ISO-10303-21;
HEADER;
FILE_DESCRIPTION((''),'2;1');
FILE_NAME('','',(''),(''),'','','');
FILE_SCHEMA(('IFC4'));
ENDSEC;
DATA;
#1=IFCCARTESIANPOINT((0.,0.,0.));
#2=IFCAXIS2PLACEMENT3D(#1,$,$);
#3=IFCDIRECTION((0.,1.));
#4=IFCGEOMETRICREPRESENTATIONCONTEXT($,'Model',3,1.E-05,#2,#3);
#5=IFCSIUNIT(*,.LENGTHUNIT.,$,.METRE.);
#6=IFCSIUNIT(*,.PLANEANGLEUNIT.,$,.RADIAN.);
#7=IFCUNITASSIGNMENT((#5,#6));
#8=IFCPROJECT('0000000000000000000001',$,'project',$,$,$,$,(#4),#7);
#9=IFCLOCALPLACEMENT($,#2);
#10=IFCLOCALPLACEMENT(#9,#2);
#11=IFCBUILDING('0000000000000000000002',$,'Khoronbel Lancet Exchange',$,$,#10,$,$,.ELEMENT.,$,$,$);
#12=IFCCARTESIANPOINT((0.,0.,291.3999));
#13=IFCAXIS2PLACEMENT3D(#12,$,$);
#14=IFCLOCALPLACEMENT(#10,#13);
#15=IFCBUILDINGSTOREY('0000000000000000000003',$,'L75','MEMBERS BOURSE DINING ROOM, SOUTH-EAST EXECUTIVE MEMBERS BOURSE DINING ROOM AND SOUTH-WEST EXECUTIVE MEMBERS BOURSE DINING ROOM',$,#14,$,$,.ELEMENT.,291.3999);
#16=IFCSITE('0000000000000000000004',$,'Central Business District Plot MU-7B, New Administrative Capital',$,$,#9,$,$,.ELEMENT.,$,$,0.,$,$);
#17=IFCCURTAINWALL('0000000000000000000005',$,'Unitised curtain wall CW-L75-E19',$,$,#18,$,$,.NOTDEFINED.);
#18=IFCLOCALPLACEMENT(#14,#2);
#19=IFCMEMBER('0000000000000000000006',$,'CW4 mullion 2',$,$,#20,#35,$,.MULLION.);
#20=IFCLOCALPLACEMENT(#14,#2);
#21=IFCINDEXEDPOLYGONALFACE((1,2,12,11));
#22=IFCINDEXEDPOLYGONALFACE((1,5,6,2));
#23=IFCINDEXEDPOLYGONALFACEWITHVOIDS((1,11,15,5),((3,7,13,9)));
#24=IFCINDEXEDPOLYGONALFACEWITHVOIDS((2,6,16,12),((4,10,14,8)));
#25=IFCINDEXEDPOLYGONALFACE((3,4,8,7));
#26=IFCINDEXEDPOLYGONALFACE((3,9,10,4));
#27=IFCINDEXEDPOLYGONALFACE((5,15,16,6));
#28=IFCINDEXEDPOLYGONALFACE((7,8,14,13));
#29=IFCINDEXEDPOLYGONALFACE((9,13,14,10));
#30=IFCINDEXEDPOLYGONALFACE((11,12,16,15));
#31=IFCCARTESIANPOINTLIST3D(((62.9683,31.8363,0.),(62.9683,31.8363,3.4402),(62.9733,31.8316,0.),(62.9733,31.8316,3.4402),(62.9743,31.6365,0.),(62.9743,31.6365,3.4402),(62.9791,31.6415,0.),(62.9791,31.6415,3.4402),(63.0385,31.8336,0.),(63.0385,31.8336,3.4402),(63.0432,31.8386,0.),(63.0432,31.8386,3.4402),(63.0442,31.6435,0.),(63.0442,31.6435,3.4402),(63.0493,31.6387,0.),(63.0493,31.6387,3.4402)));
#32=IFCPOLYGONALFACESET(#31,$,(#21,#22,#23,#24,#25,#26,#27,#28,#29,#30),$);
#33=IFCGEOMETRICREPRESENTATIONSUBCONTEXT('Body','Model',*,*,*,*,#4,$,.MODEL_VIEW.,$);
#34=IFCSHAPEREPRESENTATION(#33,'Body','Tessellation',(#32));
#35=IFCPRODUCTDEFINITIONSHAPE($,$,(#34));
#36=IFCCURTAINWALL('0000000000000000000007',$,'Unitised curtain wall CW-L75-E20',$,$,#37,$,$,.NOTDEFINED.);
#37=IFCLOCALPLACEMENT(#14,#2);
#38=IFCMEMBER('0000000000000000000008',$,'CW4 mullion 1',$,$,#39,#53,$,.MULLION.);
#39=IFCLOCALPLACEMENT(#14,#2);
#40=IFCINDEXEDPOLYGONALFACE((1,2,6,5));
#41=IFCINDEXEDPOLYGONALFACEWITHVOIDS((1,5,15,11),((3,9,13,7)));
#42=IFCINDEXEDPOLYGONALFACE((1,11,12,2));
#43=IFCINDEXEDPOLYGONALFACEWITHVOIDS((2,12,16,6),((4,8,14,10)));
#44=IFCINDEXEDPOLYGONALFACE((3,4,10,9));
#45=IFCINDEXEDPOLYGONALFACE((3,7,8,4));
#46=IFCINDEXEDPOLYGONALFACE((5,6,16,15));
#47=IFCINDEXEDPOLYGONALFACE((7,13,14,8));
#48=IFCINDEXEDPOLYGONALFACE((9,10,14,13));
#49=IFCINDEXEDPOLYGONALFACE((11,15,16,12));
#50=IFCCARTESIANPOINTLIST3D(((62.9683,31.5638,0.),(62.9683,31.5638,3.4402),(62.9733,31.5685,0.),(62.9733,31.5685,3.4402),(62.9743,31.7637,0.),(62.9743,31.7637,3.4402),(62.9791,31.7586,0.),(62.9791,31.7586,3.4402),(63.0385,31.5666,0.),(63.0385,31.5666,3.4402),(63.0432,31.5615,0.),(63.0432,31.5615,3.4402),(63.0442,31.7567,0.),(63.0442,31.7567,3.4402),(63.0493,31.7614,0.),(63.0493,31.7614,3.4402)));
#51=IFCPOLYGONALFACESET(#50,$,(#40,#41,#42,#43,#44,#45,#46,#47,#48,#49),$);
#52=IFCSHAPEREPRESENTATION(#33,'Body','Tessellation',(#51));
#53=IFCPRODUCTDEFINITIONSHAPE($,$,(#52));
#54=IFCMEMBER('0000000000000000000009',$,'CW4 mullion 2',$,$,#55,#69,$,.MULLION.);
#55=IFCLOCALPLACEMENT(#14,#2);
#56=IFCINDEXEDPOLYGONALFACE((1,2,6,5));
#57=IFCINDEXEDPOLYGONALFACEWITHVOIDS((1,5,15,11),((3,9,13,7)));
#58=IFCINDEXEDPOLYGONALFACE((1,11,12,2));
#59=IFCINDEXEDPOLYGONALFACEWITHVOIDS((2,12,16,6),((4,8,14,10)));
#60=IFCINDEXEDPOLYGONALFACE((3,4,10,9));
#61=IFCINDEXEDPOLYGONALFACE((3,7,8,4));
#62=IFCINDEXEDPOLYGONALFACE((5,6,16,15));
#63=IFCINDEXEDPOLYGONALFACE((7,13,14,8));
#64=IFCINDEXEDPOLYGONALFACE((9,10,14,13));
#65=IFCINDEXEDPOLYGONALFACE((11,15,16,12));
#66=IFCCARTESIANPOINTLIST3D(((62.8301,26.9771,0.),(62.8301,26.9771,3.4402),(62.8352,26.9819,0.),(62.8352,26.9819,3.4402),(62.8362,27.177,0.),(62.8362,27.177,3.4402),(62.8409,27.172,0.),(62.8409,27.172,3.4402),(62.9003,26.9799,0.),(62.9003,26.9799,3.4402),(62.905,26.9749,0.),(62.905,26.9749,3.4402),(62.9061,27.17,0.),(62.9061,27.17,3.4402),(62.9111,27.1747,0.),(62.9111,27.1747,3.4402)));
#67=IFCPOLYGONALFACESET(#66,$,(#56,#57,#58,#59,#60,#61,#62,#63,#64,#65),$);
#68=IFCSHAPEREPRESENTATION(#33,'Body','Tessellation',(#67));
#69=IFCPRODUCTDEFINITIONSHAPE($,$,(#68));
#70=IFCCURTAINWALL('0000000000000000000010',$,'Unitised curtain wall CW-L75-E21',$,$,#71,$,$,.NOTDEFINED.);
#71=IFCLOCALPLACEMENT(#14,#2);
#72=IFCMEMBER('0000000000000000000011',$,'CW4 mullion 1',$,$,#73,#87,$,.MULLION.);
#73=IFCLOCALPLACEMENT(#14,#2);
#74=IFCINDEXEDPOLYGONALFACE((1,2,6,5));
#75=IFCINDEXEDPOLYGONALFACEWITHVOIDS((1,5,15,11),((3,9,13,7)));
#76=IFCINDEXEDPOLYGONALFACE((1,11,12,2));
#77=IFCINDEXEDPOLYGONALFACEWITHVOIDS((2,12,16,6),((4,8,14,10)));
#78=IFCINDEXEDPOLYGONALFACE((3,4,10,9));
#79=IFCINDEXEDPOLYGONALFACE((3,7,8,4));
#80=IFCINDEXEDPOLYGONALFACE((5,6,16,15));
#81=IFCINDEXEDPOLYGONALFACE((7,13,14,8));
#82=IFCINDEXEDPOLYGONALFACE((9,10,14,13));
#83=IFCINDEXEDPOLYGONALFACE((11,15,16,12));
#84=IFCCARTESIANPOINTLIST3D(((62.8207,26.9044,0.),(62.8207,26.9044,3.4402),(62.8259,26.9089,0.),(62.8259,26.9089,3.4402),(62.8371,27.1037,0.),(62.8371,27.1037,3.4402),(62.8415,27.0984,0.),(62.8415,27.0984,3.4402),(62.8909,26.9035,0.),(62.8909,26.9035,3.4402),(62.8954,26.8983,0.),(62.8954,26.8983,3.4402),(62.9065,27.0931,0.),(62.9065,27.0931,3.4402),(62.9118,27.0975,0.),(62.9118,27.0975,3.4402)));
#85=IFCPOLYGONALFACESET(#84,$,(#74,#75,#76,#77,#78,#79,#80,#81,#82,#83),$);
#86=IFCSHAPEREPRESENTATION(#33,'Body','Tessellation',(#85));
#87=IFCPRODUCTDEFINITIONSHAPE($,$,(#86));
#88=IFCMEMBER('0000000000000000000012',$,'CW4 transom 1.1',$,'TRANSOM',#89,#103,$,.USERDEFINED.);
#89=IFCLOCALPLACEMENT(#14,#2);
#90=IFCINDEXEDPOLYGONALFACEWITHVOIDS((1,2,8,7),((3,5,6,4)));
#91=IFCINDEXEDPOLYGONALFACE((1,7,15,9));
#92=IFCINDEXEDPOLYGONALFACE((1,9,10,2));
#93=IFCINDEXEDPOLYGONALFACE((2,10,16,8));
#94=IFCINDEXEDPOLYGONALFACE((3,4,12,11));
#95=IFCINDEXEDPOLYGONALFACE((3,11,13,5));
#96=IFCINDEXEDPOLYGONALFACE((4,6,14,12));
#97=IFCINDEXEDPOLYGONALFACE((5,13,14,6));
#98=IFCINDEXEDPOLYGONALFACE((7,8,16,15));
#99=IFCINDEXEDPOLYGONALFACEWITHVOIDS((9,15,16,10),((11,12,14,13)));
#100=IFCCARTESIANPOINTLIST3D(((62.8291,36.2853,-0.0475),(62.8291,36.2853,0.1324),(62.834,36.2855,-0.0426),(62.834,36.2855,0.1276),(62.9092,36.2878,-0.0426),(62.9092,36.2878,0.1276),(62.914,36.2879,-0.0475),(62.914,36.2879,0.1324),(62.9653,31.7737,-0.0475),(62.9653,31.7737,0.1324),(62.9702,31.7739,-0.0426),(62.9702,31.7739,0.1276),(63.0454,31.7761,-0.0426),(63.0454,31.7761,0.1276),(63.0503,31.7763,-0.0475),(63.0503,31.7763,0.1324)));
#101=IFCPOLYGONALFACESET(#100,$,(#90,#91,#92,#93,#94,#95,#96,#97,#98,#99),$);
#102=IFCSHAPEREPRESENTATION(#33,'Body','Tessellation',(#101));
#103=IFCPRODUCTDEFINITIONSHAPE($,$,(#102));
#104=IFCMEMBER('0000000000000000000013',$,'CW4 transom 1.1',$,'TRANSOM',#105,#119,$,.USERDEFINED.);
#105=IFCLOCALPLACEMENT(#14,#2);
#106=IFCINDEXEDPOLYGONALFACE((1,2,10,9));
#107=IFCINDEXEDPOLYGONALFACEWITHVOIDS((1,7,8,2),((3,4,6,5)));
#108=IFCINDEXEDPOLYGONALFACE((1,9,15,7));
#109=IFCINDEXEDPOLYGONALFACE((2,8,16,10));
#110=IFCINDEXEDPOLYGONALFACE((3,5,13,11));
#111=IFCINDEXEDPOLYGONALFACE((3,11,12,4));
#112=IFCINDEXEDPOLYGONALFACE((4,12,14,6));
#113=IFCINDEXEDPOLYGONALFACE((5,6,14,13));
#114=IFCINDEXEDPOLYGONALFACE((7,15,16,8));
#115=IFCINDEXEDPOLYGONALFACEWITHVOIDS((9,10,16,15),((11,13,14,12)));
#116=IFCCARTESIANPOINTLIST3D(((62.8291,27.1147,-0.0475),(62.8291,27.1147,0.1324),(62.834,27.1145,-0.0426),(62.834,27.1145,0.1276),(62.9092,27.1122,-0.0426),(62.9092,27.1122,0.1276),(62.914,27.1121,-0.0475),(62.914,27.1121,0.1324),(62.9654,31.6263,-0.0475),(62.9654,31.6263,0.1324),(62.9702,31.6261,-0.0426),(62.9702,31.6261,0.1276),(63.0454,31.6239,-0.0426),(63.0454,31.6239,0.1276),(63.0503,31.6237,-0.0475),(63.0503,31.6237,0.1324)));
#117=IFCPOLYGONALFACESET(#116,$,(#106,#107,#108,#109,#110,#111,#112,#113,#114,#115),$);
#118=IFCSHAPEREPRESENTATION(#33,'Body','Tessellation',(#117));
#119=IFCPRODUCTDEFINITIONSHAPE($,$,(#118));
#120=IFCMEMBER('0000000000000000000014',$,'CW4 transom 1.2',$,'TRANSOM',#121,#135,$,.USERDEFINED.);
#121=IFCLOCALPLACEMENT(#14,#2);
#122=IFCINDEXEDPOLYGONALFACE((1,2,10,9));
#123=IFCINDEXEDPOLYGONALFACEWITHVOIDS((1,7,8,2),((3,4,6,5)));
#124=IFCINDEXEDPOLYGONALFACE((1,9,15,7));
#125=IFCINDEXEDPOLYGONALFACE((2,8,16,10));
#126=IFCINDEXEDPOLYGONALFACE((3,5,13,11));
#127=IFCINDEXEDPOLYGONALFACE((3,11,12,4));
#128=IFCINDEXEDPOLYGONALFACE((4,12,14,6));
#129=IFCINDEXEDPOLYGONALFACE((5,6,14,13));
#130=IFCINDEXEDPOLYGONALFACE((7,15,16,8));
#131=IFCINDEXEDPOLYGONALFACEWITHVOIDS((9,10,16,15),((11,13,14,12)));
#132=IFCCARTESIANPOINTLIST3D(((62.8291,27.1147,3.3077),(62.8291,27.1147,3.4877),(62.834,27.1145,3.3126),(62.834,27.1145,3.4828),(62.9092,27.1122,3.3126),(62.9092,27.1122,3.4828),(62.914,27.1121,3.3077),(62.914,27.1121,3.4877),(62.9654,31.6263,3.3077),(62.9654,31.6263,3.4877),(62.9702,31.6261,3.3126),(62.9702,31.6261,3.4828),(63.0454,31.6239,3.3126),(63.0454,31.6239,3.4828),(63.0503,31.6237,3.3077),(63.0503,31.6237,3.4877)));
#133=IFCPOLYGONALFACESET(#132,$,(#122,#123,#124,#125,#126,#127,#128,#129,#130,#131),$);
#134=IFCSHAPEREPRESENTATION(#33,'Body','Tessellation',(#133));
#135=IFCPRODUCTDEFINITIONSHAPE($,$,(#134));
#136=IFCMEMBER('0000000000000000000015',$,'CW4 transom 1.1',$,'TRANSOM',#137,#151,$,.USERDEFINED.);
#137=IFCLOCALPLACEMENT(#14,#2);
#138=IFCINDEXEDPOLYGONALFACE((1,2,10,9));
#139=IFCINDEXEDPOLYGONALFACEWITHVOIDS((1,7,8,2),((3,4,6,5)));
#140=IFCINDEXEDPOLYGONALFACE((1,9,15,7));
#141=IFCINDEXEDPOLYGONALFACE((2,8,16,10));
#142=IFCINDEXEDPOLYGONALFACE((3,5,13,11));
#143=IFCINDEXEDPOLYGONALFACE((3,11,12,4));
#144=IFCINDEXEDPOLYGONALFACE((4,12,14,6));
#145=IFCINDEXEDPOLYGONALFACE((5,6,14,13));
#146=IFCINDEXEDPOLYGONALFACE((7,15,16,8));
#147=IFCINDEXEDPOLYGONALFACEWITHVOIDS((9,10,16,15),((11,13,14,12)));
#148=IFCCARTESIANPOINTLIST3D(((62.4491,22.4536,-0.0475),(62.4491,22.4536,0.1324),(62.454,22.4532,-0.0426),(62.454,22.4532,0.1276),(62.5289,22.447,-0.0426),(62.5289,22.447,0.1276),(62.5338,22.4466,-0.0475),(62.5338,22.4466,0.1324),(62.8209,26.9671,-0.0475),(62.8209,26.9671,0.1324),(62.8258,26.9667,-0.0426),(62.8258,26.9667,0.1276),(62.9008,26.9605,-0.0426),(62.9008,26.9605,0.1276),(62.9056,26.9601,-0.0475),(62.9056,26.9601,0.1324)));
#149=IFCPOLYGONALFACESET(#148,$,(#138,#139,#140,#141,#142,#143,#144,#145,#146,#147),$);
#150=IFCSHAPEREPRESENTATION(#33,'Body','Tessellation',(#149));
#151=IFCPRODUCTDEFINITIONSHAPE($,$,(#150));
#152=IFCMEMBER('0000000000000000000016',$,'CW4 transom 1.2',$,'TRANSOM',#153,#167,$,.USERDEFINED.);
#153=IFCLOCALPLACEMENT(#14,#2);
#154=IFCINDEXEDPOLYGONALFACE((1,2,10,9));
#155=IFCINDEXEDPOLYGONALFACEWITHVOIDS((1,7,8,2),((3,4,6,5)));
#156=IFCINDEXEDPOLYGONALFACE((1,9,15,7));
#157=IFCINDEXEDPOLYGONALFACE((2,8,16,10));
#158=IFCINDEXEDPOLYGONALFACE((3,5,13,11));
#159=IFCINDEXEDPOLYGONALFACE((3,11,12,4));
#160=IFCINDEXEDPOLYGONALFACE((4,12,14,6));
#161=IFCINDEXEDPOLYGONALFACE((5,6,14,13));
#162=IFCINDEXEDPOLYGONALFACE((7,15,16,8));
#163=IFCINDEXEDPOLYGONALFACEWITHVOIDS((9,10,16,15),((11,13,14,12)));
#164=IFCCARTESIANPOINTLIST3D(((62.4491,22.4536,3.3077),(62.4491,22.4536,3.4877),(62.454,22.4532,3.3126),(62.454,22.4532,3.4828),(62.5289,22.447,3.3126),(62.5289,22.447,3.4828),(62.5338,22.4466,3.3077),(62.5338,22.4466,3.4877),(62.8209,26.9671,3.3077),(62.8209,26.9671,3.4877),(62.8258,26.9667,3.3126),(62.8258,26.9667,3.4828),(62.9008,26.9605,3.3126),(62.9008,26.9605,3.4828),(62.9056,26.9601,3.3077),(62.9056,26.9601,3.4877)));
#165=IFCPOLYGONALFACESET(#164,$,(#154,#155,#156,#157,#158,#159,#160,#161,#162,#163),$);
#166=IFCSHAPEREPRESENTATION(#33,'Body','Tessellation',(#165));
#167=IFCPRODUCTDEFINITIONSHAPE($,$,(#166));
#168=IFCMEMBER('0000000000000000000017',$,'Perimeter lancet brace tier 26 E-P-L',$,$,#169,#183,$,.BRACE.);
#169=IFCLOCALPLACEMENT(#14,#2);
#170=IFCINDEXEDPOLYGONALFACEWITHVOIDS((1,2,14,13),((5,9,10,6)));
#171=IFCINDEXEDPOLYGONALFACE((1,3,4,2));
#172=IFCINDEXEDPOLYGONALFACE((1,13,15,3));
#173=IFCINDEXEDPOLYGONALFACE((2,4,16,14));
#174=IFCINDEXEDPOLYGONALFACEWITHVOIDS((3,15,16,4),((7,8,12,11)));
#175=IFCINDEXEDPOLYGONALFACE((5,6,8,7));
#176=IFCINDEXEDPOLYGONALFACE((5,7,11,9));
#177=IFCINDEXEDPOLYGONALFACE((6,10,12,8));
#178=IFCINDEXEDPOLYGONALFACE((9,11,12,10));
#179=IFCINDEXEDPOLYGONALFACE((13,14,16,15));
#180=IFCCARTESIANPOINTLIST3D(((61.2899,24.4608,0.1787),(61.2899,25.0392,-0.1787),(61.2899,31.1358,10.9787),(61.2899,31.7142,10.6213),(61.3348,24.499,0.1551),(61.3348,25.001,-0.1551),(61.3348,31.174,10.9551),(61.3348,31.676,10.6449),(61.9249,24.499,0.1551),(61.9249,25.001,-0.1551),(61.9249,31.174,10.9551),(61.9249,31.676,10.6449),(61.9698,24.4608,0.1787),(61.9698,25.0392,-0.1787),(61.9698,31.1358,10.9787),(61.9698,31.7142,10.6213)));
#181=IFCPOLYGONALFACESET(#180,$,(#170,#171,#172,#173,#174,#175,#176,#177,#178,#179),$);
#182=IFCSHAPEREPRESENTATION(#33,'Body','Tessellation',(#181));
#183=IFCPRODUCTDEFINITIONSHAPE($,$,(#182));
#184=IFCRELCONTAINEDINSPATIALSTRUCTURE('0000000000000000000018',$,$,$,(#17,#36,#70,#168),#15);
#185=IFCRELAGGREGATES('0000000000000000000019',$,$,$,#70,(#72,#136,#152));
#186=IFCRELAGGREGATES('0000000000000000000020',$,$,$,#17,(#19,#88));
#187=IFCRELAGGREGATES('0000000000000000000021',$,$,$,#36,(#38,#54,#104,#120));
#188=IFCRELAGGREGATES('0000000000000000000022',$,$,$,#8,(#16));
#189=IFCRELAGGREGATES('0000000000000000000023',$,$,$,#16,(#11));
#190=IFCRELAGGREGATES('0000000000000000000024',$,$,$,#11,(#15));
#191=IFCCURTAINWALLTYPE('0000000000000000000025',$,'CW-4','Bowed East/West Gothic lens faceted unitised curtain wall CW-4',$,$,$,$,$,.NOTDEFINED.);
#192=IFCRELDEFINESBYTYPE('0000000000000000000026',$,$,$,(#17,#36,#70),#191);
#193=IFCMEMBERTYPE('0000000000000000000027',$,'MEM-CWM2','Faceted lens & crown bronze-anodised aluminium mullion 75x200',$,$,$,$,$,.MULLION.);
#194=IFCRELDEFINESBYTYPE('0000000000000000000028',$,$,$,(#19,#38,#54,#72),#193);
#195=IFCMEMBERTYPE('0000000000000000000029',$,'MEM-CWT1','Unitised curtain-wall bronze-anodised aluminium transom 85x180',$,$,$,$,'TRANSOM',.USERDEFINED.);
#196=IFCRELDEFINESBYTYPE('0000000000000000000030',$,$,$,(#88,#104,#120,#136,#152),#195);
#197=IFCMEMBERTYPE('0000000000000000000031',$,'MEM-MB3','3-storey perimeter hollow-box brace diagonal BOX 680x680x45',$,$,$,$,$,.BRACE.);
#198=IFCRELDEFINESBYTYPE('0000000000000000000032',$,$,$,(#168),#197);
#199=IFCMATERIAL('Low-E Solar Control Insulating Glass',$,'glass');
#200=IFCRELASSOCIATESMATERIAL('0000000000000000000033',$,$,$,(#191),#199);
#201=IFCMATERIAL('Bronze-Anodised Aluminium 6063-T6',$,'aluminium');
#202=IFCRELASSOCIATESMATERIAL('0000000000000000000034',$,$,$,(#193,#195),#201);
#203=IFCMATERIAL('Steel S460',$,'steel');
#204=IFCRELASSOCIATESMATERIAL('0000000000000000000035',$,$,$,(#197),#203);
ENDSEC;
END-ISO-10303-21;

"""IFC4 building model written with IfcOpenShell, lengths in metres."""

from ifc_helpers import new_model, si_unit, direction, frame, origin, origin_2d, place, context, subcontext, project, spatial, hollow_rectangle, extrude, material, material_profile, profile_set, type_object, element, aggregate, save


model = new_model("IFC4")

# Units and contexts
model_context = context("Model", 3, precision=1e-05, world=origin(), true_north=direction((0.0, 1.0)))
body_context = subcontext(model_context, "Body", "Model", "MODEL_VIEW")
ifc_project = project(units=[si_unit("LENGTHUNIT", "METRE"), si_unit("PLANEANGLEUNIT", "RADIAN")], contexts=[model_context])

# Site, building, storey
site_placement = place(None, origin())
site = spatial("IfcSite", under=ifc_project, at=site_placement, Name="Central Business District Plot MU-7B, New Administrative Capital", CompositionType="ELEMENT", RefElevation=0.0)
building_placement = place(site_placement, origin())
building = spatial("IfcBuilding", under=site, at=building_placement, Name="Khoronbel Lancet Exchange", CompositionType="ELEMENT")
storey_placement = place(building_placement, frame((0.0, 0.0, 291.3999)))
storey = spatial("IfcBuildingStorey", under=building, at=storey_placement, Name="L75", Description="MEMBERS BOURSE DINING ROOM, SOUTH-EAST EXECUTIVE MEMBERS BOURSE DINING ROOM AND SOUTH-WEST EXECUTIVE MEMBERS BOURSE DINING ROOM", CompositionType="ELEMENT", Elevation=291.3999)

# Curtain wall, member
ifc_material_1 = material(Name="Low-E Solar Control Insulating Glass", Category="glass")
curtain_wall_type = type_object("IfcCurtainWallType", Name="CW-4", Description="Bowed East/West Gothic lens faceted unitised curtain wall CW-4", PredefinedType="NOTDEFINED", material=ifc_material_1)
curtain_wall_1_placement = place(storey_placement, origin())
curtain_wall_1 = element("IfcCurtainWall", 1, at=curtain_wall_1_placement, inside=storey, type_object=curtain_wall_type, Name="Unitised curtain wall CW-L75-E19", PredefinedType="NOTDEFINED")
ifc_material_2 = material(Name="Bronze-Anodised Aluminium 6063-T6", Category="aluminium")
ifc_material_profile_1 = material_profile(ifc_material_2, hollow_rectangle(XDim=0.075, YDim=0.2, WallThickness=0.0049, at=origin_2d()), Name="ALU MULLION 75x200")
ifc_profile_set_1 = profile_set([ifc_material_profile_1], Name="Bronze-Anodised Aluminium 6063-T6")
member_type_1 = type_object("IfcMemberType", Name="MEM-CWM2", Description="Faceted lens & crown bronze-anodised aluminium mullion 75x200", PredefinedType="MULLION", material=ifc_profile_set_1)
member_1_placement = place(storey_placement, frame((63.0088, 31.7375, 0.0), z_axis=(0.0, 0.0, 1.0), x_axis=(0.999545, 0.030148, 0.0)))
member_1 = element("IfcMember", 2, at=member_1_placement, type_object=member_type_1, Name="CW4 mullion 2", PredefinedType="MULLION", context=body_context, shape_type="SweptSolid", body=[
    extrude(hollow_rectangle(XDim=0.075, YDim=0.2, WallThickness=0.0049, at=origin_2d()), origin(), (0.0, 0.0, 1.0), 3.4402),
])

# Curtain wall, members
curtain_wall_2_placement = place(storey_placement, origin())
curtain_wall_2 = element("IfcCurtainWall", 3, at=curtain_wall_2_placement, inside=storey, type_object=curtain_wall_type, Name="Unitised curtain wall CW-L75-E20", PredefinedType="NOTDEFINED")
member_2_placement = place(storey_placement, frame((63.0088, 31.6626, 0.0), z_axis=(0.0, 0.0, 1.0), x_axis=(0.999545, -0.030148, 0.0)))
member_2 = element("IfcMember", 4, at=member_2_placement, type_object=member_type_1, Name="CW4 mullion 1", PredefinedType="MULLION", context=body_context, shape_type="SweptSolid", body=[
    extrude(hollow_rectangle(XDim=0.075, YDim=0.2, WallThickness=0.0049, at=origin_2d()), origin(), (0.0, 0.0, 1.0), 3.4402),
])
member_3_placement = place(storey_placement, frame((62.8706, 27.0759, 0.0), z_axis=(0.0, 0.0, 1.0), x_axis=(0.999545, -0.030148, 0.0)))
member_3 = element("IfcMember", 5, at=member_3_placement, type_object=member_type_1, Name="CW4 mullion 2", PredefinedType="MULLION", context=body_context, shape_type="SweptSolid", body=[
    extrude(hollow_rectangle(XDim=0.075, YDim=0.2, WallThickness=0.0049, at=origin_2d()), origin(), (0.0, 0.0, 1.0), 3.4402),
])

# Curtain wall, member
curtain_wall_3_placement = place(storey_placement, origin())
curtain_wall_3 = element("IfcCurtainWall", 6, at=curtain_wall_3_placement, inside=storey, type_object=curtain_wall_type, Name="Unitised curtain wall CW-L75-E21", PredefinedType="NOTDEFINED")
member_4_placement = place(storey_placement, frame((62.8662, 27.001, 0.0), z_axis=(0.0, 0.0, 1.0), x_axis=(0.996626, -0.082073, 0.0)))
member_4 = element("IfcMember", 7, at=member_4_placement, type_object=member_type_1, Name="CW4 mullion 1", PredefinedType="MULLION", context=body_context, shape_type="SweptSolid", body=[
    extrude(hollow_rectangle(XDim=0.075, YDim=0.2, WallThickness=0.0049, at=origin_2d()), origin(), (0.0, 0.0, 1.0), 3.4402),
])

# Members
ifc_material_profile_2 = material_profile(ifc_material_2, hollow_rectangle(XDim=0.085, YDim=0.1799, WallThickness=0.0049, at=origin_2d()), Name="ALU TRANSOM 85x180")
ifc_profile_set_2 = profile_set([ifc_material_profile_2], Name="Bronze-Anodised Aluminium 6063-T6")
member_type_2 = type_object("IfcMemberType", Name="MEM-CWT1", Description="Unitised curtain-wall bronze-anodised aluminium transom 85x180", ElementType="TRANSOM", PredefinedType="USERDEFINED", material=ifc_profile_set_2)
member_5_placement = place(storey_placement, frame((62.8716, 36.2866, 0.0425), z_axis=(0.030181, -0.999544, 0.0), x_axis=(0.999544, 0.030181, 0.0)))
member_5 = element("IfcMember", 8, at=member_5_placement, type_object=member_type_2, Name="CW4 transom 1.1", ObjectType="TRANSOM", PredefinedType="USERDEFINED", context=body_context, shape_type="SweptSolid", body=[
    extrude(hollow_rectangle(XDim=0.085, YDim=0.1799, WallThickness=0.0049, at=origin_2d()), origin(), (0.0, 0.0, 1.0), 4.5137),
])
member_6_placement = place(storey_placement, frame((63.0078, 31.625, 0.0425), z_axis=(-0.030181, -0.999544, 0.0), x_axis=(0.999544, -0.030181, 0.0)))
member_6 = element("IfcMember", 9, at=member_6_placement, type_object=member_type_2, Name="CW4 transom 1.1", ObjectType="TRANSOM", PredefinedType="USERDEFINED", context=body_context, shape_type="SweptSolid", body=[
    extrude(hollow_rectangle(XDim=0.085, YDim=0.1799, WallThickness=0.0049, at=origin_2d()), origin(), (0.0, 0.0, 1.0), 4.5137),
])
member_7_placement = place(storey_placement, frame((63.0078, 31.625, 3.3977), z_axis=(-0.030181, -0.999544, 0.0), x_axis=(0.999544, -0.030181, 0.0)))
member_7 = element("IfcMember", 10, at=member_7_placement, type_object=member_type_2, Name="CW4 transom 1.2", ObjectType="TRANSOM", PredefinedType="USERDEFINED", context=body_context, shape_type="SweptSolid", body=[
    extrude(hollow_rectangle(XDim=0.085, YDim=0.1799, WallThickness=0.0049, at=origin_2d()), origin(), (0.0, 0.0, 1.0), 4.5137),
])
member_8_placement = place(storey_placement, frame((62.8633, 26.9636, 0.0425), z_axis=(-0.082104, -0.996624, 0.0), x_axis=(0.996624, -0.082104, 0.0)))
member_8 = element("IfcMember", 11, at=member_8_placement, type_object=member_type_2, Name="CW4 transom 1.1", ObjectType="TRANSOM", PredefinedType="USERDEFINED", context=body_context, shape_type="SweptSolid", body=[
    extrude(hollow_rectangle(XDim=0.085, YDim=0.1799, WallThickness=0.0049, at=origin_2d()), origin(), (0.0, 0.0, 1.0), 4.5288),
])
member_9_placement = place(storey_placement, frame((62.8633, 26.9636, 3.3977), z_axis=(-0.082104, -0.996624, 0.0), x_axis=(0.996624, -0.082104, 0.0)))
member_9 = element("IfcMember", 12, at=member_9_placement, type_object=member_type_2, Name="CW4 transom 1.2", ObjectType="TRANSOM", PredefinedType="USERDEFINED", context=body_context, shape_type="SweptSolid", body=[
    extrude(hollow_rectangle(XDim=0.085, YDim=0.1799, WallThickness=0.0049, at=origin_2d()), origin(), (0.0, 0.0, 1.0), 4.5288),
])
aggregate(curtain_wall_3, [member_4, member_8, member_9])

# Member
ifc_material_3 = material(Name="Steel S460", Category="steel")
ifc_material_profile_3 = material_profile(ifc_material_3, hollow_rectangle(XDim=0.6799, YDim=0.6799, WallThickness=0.0449, at=origin_2d()), Name="BOX 680x680x45")
ifc_profile_set_3 = profile_set([ifc_material_profile_3], Name="Steel S460")
member_type_3 = type_object("IfcMemberType", Name="MEM-MB3", Description="3-storey perimeter hollow-box brace diagonal BOX 680x680x45", PredefinedType="BRACE", material=ifc_profile_set_3)
member_10_placement = place(storey_placement, frame((61.6299, 24.75, 0.0), z_axis=(0.0, 0.525745, 0.850642), x_axis=(-1.0, 0.0, 0.0)))
element("IfcMember", 13, at=member_10_placement, inside=storey, type_object=member_type_3, Name="Perimeter lancet brace tier 26 E-P-L", PredefinedType="BRACE", context=body_context, shape_type="SweptSolid", body=[
    extrude(hollow_rectangle(XDim=0.6799, YDim=0.6799, WallThickness=0.0449, at=origin_2d()), origin(), (0.0, 0.0, 1.0), 12.6963),
])

aggregate(curtain_wall_1, [member_1, member_5])
aggregate(curtain_wall_2, [member_2, member_3, member_6, member_7])

save(model, "model.ifc")
